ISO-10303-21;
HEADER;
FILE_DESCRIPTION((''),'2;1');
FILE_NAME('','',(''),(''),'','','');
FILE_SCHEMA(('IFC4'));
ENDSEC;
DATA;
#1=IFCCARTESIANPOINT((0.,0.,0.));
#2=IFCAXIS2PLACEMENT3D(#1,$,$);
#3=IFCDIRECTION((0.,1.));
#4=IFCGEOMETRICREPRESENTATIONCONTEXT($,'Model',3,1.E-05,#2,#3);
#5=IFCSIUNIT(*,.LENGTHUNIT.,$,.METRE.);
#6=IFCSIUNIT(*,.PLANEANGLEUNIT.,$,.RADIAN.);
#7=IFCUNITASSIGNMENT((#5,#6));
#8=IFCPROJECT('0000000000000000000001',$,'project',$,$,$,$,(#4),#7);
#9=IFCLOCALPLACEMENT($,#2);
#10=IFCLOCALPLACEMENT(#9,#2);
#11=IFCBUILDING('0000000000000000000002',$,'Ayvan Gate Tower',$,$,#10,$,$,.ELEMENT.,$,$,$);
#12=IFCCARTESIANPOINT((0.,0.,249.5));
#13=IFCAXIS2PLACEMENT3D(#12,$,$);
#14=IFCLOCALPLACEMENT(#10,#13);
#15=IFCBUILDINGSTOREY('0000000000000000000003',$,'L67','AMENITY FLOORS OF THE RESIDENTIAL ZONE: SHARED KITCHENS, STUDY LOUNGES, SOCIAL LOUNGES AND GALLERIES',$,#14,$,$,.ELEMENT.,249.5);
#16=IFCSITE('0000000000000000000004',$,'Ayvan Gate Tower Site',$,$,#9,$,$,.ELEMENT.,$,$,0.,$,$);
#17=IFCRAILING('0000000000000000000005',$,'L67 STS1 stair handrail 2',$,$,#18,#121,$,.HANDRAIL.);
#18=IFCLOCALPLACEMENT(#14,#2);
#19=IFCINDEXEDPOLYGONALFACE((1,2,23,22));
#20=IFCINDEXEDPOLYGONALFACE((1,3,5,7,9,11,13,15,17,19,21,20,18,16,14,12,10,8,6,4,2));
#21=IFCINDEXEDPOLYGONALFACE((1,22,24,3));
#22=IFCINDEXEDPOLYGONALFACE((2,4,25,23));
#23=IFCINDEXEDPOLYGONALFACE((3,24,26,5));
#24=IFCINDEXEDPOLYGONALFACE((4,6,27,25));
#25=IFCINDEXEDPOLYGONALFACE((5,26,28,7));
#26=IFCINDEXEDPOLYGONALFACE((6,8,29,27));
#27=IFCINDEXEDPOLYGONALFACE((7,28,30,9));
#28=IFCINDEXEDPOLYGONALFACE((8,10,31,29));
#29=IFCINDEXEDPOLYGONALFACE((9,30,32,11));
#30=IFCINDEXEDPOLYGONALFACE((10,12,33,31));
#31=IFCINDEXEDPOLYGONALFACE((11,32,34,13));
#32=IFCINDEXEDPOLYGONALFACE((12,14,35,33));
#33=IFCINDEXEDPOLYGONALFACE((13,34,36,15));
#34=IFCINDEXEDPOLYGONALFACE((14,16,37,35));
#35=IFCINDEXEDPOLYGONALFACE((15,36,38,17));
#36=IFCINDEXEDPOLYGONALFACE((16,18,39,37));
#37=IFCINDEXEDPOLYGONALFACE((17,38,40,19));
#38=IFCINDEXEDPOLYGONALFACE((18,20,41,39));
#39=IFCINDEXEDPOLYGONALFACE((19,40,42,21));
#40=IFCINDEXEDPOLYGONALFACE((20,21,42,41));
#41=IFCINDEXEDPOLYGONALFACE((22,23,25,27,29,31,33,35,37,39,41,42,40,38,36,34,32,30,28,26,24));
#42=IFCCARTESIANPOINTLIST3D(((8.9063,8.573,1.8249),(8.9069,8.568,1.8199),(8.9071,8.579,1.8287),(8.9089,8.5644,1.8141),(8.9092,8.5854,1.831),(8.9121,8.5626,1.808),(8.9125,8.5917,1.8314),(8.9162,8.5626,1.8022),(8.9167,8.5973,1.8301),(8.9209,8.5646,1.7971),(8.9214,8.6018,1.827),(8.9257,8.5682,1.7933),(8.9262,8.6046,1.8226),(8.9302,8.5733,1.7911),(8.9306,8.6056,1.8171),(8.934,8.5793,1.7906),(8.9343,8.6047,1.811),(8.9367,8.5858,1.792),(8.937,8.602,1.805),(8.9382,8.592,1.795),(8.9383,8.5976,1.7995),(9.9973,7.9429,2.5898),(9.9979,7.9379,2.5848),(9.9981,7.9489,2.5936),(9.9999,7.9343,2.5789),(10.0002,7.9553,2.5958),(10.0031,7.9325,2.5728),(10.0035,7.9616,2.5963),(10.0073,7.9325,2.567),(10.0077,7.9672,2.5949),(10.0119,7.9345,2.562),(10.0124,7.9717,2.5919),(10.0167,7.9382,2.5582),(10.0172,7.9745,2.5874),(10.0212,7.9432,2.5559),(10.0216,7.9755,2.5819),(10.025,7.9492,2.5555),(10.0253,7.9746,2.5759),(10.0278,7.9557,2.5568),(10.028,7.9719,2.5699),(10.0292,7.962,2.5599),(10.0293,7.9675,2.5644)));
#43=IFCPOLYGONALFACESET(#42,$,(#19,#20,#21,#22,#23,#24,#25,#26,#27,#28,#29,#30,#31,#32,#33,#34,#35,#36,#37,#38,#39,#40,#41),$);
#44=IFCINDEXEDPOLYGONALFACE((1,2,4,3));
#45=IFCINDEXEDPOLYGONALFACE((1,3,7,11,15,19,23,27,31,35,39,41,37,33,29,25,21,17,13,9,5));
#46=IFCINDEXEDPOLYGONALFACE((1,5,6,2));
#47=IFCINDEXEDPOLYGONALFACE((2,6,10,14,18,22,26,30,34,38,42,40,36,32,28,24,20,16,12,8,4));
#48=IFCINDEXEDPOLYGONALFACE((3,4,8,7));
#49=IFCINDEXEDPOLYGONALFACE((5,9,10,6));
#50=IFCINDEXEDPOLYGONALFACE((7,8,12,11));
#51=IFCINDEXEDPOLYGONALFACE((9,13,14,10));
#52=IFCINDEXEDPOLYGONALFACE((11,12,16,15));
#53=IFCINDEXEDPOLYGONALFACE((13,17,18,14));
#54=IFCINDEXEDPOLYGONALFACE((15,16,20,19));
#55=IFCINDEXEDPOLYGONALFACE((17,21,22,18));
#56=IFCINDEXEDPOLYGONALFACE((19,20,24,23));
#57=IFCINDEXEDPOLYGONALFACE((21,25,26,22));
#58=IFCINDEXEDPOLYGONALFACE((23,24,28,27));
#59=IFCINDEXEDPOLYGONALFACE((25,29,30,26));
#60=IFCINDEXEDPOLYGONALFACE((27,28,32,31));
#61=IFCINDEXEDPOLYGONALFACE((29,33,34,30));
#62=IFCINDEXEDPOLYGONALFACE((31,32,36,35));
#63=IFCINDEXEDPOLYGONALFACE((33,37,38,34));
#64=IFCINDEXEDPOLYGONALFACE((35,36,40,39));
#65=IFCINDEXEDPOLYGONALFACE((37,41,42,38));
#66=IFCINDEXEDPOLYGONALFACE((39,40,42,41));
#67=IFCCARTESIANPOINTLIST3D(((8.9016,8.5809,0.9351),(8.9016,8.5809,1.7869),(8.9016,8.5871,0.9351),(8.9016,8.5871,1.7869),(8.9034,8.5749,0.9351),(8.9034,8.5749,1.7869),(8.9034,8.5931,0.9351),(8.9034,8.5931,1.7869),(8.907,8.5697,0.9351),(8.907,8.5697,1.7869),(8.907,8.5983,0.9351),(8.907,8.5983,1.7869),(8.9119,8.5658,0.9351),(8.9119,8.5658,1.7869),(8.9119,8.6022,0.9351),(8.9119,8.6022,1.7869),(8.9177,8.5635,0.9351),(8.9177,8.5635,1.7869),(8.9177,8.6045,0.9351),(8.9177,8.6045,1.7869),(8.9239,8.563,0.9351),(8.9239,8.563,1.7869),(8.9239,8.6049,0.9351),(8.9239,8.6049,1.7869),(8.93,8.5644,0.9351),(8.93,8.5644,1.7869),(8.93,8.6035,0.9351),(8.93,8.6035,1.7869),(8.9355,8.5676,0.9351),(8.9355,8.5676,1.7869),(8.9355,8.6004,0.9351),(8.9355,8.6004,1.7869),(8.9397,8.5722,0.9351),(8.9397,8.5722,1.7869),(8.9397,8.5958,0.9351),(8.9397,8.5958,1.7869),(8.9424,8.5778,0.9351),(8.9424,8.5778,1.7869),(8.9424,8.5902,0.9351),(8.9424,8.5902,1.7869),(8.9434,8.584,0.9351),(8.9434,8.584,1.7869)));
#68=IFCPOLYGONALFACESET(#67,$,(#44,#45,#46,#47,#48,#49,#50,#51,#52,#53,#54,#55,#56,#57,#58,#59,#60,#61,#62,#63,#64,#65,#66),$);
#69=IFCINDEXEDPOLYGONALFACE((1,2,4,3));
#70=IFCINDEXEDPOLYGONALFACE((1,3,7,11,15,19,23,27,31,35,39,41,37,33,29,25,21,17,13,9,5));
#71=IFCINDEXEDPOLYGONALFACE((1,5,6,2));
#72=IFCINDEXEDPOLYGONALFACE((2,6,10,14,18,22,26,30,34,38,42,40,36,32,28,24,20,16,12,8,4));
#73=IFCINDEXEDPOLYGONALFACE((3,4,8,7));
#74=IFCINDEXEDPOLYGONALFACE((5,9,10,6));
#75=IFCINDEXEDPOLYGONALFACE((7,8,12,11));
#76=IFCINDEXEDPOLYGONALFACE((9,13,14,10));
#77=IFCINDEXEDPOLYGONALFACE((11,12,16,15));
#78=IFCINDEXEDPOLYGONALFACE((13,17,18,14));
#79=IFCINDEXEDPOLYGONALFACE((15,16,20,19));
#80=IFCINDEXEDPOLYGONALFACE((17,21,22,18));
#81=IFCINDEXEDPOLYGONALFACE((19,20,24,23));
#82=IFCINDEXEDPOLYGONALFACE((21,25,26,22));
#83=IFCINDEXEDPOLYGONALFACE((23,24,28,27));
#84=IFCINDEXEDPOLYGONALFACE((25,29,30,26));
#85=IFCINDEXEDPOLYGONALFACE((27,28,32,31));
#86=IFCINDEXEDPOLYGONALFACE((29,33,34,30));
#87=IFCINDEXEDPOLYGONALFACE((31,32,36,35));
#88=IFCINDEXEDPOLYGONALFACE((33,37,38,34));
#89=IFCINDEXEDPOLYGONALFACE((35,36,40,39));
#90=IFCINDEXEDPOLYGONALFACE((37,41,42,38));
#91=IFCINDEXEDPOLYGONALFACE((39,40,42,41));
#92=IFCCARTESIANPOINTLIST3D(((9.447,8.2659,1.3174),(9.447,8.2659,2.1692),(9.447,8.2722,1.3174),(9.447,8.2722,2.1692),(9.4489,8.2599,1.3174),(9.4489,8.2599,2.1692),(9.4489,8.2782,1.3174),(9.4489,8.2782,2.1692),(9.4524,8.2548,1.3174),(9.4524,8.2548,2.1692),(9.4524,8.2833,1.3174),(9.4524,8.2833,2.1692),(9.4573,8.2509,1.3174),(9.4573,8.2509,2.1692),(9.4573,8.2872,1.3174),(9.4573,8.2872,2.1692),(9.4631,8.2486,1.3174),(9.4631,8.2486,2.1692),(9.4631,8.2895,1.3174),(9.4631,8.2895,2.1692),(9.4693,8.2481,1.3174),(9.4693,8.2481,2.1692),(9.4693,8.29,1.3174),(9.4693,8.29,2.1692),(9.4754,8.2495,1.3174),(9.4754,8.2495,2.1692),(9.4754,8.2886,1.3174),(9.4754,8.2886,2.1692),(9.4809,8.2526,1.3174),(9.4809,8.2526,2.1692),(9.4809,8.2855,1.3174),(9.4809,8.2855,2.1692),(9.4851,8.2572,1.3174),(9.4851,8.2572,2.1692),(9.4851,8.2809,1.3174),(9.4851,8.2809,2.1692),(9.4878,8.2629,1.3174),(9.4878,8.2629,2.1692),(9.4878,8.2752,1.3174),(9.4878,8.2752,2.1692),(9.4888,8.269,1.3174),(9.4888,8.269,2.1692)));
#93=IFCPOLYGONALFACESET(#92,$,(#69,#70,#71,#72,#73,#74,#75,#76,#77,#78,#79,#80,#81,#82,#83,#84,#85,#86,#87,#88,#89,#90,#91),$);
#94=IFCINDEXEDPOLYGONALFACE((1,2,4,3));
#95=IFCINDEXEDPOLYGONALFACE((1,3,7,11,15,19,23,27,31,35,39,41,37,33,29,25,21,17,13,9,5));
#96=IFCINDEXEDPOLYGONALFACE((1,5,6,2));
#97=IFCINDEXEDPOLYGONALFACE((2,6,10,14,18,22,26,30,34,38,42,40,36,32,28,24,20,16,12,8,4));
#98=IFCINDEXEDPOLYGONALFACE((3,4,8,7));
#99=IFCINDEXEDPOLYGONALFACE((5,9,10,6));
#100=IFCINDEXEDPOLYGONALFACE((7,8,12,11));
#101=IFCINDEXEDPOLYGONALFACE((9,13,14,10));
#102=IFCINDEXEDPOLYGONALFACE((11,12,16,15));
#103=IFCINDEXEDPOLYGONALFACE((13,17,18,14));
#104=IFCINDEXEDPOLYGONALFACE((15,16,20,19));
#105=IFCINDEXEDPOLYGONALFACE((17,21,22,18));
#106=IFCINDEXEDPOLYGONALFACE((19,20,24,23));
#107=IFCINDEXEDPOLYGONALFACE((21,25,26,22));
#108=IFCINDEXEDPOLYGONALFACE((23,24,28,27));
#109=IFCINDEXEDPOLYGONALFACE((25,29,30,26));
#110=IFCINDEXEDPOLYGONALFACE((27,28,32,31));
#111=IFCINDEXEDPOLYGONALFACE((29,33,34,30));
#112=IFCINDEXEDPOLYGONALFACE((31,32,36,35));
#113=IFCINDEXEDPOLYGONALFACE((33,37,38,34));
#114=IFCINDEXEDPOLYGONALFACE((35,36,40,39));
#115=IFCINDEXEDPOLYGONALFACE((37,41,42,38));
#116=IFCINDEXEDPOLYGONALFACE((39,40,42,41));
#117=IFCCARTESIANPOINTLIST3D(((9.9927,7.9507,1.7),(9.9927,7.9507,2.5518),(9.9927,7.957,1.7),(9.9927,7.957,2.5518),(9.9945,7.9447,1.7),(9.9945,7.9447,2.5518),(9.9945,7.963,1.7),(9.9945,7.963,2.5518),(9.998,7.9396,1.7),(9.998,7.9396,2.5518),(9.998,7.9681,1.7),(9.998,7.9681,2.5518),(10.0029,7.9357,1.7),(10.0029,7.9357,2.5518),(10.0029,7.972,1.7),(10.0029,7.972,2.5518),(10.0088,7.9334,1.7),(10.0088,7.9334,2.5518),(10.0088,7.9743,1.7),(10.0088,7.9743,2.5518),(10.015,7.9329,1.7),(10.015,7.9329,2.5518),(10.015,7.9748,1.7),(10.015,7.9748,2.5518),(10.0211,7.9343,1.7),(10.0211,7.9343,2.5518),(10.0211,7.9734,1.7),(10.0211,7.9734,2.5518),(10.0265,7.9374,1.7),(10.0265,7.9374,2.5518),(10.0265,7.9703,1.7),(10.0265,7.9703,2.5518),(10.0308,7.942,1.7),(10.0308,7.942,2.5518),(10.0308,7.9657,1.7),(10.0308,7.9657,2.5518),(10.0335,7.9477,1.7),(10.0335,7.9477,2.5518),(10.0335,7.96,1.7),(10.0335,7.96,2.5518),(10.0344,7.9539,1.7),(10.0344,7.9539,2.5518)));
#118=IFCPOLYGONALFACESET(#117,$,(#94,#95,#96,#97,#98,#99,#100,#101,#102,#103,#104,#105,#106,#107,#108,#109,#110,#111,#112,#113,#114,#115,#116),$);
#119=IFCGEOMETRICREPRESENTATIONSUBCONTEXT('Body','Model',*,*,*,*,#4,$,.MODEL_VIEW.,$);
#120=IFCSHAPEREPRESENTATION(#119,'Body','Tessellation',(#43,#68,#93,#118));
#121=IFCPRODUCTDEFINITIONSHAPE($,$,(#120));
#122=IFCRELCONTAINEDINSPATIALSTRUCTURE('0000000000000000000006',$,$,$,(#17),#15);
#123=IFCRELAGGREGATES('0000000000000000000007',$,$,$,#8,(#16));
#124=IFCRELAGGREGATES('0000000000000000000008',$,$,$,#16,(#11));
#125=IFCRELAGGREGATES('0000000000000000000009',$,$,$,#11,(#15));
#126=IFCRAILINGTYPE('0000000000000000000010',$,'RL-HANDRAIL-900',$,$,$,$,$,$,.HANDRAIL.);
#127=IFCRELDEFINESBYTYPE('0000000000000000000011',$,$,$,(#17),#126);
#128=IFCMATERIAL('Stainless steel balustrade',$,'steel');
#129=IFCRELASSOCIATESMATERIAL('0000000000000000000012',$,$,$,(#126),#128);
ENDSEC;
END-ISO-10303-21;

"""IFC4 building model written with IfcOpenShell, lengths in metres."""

from ifc_helpers import new_model, si_unit, direction, frame, origin, origin_2d, place, context, subcontext, project, spatial, circle, extrude, material, type_object, element, save


model = new_model("IFC4")

# Units and contexts
model_context = context("Model", 3, precision=1e-05, world=origin(), true_north=direction((0.0, 1.0)))
body_context = subcontext(model_context, "Body", "Model", "MODEL_VIEW")
ifc_project = project(units=[si_unit("LENGTHUNIT", "METRE"), si_unit("PLANEANGLEUNIT", "RADIAN")], contexts=[model_context])

# Site, building, storey
site_placement = place(None, origin())
site = spatial("IfcSite", under=ifc_project, at=site_placement, Name="Ayvan Gate Tower Site", CompositionType="ELEMENT", RefElevation=0.0)
building_placement = place(site_placement, origin())
building = spatial("IfcBuilding", under=site, at=building_placement, Name="Ayvan Gate Tower", CompositionType="ELEMENT")
storey_placement = place(building_placement, frame((0.0, 0.0, 249.5)))
storey = spatial("IfcBuildingStorey", under=building, at=storey_placement, Name="L67", Description="AMENITY FLOORS OF THE RESIDENTIAL ZONE: SHARED KITCHENS, STUDY LOUNGES, SOCIAL LOUNGES AND GALLERIES", CompositionType="ELEMENT", Elevation=249.5)

# Railing
ifc_material_1 = material(Name="Stainless steel balustrade", Category="steel")
railing_type_1 = type_object("IfcRailingType", Name="RL-HANDRAIL-900", PredefinedType="HANDRAIL", material=ifc_material_1)
railing_1_placement = place(storey_placement, frame((8.9224, 8.584, 0.9351)))
element("IfcRailing", 1, at=railing_1_placement, inside=storey, type_object=railing_type_1, Name="L67 STS1 stair handrail 2", PredefinedType="HANDRAIL", context=body_context, shape_type="SweptSolid", body=[
    extrude(circle(Radius=0.0239, at=origin_2d()), frame((0.0, 0.0, 0.876), z_axis=(0.740229, -0.427508, 0.518939), x_axis=(0.500119, 0.865956, 0.0)), (0.0, 0.0, 1.0), 1.4739),
    extrude(circle(Radius=0.021, at=origin_2d()), origin(), (0.0, 0.0, 1.0), 0.8518),
    extrude(circle(Radius=0.021, at=origin_2d()), frame((0.5454, -0.3149, 0.3823)), (0.0, 0.0, 1.0), 0.8518),
    extrude(circle(Radius=0.021, at=origin_2d()), frame((1.0911, -0.6301, 0.7649)), (0.0, 0.0, 1.0), 0.8518),
])

save(model, "model.ifc")
